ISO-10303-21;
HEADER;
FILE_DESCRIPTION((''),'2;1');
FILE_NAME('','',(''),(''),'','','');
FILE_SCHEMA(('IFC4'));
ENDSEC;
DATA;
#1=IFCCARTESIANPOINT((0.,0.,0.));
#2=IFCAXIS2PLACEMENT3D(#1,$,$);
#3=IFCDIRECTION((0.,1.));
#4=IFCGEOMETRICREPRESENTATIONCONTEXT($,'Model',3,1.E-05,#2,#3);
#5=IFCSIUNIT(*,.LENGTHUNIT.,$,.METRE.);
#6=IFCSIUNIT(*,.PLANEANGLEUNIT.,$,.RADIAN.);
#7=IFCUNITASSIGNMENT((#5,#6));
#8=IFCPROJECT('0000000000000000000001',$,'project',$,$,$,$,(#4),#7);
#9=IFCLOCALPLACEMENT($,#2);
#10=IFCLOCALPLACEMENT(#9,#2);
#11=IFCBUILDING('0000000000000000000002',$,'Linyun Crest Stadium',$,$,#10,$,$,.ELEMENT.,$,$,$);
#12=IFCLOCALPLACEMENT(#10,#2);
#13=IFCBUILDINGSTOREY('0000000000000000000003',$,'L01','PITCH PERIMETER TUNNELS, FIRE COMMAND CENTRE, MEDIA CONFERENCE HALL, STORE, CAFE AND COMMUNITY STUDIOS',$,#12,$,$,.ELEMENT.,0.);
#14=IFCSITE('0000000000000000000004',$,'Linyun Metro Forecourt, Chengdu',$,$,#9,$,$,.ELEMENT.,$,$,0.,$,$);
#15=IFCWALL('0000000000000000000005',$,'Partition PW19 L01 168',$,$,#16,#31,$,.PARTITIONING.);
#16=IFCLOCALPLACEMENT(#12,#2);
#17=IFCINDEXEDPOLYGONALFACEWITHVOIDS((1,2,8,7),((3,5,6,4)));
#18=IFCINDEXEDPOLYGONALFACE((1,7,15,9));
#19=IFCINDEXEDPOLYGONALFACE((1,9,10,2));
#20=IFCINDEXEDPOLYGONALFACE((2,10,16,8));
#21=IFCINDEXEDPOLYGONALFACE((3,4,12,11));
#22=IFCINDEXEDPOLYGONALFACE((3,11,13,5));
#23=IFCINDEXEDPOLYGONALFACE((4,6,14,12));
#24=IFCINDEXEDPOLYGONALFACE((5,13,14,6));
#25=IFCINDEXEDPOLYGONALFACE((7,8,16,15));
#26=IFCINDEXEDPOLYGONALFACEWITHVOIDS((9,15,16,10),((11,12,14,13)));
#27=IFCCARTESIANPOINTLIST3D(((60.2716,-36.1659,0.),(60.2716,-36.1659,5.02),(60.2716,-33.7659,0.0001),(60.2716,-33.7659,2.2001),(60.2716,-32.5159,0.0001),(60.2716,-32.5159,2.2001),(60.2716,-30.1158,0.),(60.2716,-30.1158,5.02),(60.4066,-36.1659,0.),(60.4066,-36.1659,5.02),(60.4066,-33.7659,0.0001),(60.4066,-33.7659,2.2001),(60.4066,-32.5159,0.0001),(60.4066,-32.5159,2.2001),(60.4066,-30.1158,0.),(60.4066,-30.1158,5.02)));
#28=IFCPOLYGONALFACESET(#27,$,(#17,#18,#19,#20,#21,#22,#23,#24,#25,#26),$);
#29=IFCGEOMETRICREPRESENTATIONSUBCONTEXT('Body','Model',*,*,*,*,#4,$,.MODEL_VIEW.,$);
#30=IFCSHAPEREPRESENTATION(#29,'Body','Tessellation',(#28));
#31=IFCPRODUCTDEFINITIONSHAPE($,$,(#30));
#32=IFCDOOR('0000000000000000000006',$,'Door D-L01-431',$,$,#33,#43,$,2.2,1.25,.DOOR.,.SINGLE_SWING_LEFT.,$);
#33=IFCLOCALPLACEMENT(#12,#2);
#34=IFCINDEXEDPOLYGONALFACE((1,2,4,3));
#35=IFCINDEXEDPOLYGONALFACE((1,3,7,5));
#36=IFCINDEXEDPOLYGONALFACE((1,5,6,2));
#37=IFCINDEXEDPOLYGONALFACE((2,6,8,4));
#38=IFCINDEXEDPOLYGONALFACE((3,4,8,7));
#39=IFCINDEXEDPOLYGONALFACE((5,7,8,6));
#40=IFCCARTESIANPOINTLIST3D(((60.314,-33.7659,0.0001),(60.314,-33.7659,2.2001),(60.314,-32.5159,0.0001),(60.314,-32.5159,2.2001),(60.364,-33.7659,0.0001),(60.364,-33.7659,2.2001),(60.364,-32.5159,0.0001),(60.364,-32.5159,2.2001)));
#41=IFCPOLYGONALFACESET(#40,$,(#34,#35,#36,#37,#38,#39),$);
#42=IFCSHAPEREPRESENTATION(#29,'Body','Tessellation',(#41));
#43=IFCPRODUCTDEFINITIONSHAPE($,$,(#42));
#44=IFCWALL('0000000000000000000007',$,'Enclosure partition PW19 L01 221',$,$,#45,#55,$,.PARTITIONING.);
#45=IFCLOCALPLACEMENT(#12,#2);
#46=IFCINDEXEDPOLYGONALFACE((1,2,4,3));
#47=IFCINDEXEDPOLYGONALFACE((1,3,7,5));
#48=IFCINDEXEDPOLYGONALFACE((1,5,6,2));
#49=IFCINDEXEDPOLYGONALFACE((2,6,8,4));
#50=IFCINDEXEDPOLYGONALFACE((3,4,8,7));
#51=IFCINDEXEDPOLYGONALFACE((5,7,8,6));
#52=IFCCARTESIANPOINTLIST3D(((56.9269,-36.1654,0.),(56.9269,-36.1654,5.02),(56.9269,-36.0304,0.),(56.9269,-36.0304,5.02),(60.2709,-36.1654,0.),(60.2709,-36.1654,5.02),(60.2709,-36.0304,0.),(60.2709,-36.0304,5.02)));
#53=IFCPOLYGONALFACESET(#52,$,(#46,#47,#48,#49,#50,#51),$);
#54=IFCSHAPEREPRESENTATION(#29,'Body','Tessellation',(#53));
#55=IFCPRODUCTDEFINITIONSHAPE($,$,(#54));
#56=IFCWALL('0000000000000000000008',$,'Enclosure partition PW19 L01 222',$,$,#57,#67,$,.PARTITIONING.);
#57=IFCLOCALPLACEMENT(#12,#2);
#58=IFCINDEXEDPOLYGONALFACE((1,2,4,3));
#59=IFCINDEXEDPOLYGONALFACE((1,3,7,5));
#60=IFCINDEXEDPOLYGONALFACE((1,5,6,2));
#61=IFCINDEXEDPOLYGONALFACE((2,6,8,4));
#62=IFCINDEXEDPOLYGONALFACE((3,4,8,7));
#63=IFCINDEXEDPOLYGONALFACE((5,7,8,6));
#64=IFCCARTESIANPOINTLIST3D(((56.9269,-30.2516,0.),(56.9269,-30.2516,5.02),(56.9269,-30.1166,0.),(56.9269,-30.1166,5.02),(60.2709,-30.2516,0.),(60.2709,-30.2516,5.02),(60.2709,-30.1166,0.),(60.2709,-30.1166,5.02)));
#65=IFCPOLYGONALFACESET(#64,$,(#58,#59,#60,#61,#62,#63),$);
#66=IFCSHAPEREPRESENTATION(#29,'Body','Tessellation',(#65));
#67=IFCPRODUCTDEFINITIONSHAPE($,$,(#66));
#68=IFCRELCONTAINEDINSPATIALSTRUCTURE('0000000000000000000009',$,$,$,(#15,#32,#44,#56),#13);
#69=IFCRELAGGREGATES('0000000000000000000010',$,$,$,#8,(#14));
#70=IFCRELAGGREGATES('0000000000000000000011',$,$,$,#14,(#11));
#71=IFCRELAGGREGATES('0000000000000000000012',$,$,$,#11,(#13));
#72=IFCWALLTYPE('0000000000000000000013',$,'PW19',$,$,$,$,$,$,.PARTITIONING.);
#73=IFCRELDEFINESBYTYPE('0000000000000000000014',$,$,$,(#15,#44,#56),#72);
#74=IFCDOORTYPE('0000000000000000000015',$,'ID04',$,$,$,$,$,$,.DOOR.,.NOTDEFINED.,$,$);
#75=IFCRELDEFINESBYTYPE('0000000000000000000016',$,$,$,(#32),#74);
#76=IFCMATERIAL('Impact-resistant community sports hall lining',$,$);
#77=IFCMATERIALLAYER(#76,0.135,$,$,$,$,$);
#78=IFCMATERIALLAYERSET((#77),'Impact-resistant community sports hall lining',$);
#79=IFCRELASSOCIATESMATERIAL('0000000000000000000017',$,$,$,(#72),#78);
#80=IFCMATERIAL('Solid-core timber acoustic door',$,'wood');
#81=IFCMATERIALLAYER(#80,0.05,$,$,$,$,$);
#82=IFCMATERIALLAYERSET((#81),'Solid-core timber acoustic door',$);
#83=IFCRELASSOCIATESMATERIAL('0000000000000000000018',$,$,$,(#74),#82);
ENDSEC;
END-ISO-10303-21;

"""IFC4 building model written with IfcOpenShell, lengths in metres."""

from ifc_helpers import new_model, si_unit, direction, frame, frame_2d, origin, place, context, subcontext, project, spatial, rectangle, extrude, material, layer, layer_set, type_object, element, fill, save


model = new_model("IFC4")

# Units and contexts
model_context = context("Model", 3, precision=1e-05, world=origin(), true_north=direction((0.0, 1.0)))
body_context = subcontext(model_context, "Body", "Model", "MODEL_VIEW")
ifc_project = project(units=[si_unit("LENGTHUNIT", "METRE"), si_unit("PLANEANGLEUNIT", "RADIAN")], contexts=[model_context])

# Site, building, storey
site_placement = place(None, origin())
site = spatial("IfcSite", under=ifc_project, at=site_placement, Name="Linyun Metro Forecourt, Chengdu", CompositionType="ELEMENT", RefElevation=0.0)
building_placement = place(site_placement, origin())
building = spatial("IfcBuilding", under=site, at=building_placement, Name="Linyun Crest Stadium", CompositionType="ELEMENT")
storey_placement = place(building_placement, origin())
storey = spatial("IfcBuildingStorey", under=building, at=storey_placement, Name="L01", Description="PITCH PERIMETER TUNNELS, FIRE COMMAND CENTRE, MEDIA CONFERENCE HALL, STORE, CAFE AND COMMUNITY STUDIOS", CompositionType="ELEMENT", Elevation=0.0)

# Wall, opening, door
ifc_material_1 = material(Name="Impact-resistant community sports hall lining")
ifc_layer_1 = layer(ifc_material_1, 0.135)
ifc_layer_set_1 = layer_set([ifc_layer_1], Name="Impact-resistant community sports hall lining")
wall_type_1 = type_object("IfcWallType", Name="PW19", PredefinedType="PARTITIONING", material=ifc_layer_set_1)
wall_1_placement = place(storey_placement, frame((60.3391, -30.116, 0.0), z_axis=(0.0, 0.0, 1.0), x_axis=(0.0, -1.0, 0.0)))
wall_1 = element("IfcWall", 1, at=wall_1_placement, inside=storey, type_object=wall_type_1, Name="Partition PW19 L01 168", PredefinedType="PARTITIONING", context=body_context, shape_type="SweptSolid", body=[
    extrude(rectangle(XDim=6.05, YDim=0.135, at=frame_2d((3.0249, 0.0))), origin(), (0.0, 0.0, 1.0), 5.02),
])
opening_1_placement = place(wall_1_placement, frame((2.3999, 0.0, 0.0)))
opening_1 = element("IfcOpeningElement", 2, at=opening_1_placement, cuts=wall_1, PredefinedType="OPENING", context=body_context, shape_type="SweptSolid", body=[
    extrude(rectangle(XDim=1.25, YDim=2.2, at=frame_2d((0.625, 1.1001))), frame((0.0, 0.0774, 0.0), z_axis=(0.0, -1.0, 0.0), x_axis=(1.0, 0.0, 0.0)), (0.0, 0.0, 1.0), 0.155),
])
ifc_material_2 = material(Name="Solid-core timber acoustic door", Category="wood")
ifc_layer_2 = layer(ifc_material_2, 0.05)
ifc_layer_set_2 = layer_set([ifc_layer_2], Name="Solid-core timber acoustic door")
door_type_1 = type_object("IfcDoorType", Name="ID04", OperationType="NOTDEFINED", PredefinedType="DOOR", material=ifc_layer_set_2)
door_1_placement = place(opening_1_placement, origin())
door_1 = element("IfcDoor", 3, at=door_1_placement, inside=storey, type_object=door_type_1, Name="Door D-L01-431", OperationType="SINGLE_SWING_LEFT", OverallHeight=2.2, OverallWidth=1.25, PredefinedType="DOOR", context=body_context, shape_type="SweptSolid", body=[
    extrude(rectangle(XDim=1.25, YDim=2.2, at=frame_2d((0.625, 1.1001))), frame((0.0, 0.0249, 0.0), z_axis=(0.0, -1.0, 0.0), x_axis=(1.0, 0.0, 0.0)), (0.0, 0.0, 1.0), 0.05),
])
fill(opening_1, door_1)

# Walls
for number, where, z_axis, x_axis, name in (
    (4, (56.927, -36.0979, 0.0), (0.0, 0.0, 1.0), (1.0, 0.0, 0.0), "Enclosure partition PW19 L01 221"),
    (5, (56.927, -30.1841, 0.0), (0.0, 0.0, 1.0), (1.0, 0.0, 0.0), "Enclosure partition PW19 L01 222"),
):
    element("IfcWall", number, at=place(storey_placement, frame(where, z_axis=z_axis, x_axis=x_axis)), inside=storey, type_object=wall_type_1, Name=name, PredefinedType="PARTITIONING", context=body_context, shape_type="SweptSolid", body=[
        extrude(rectangle(XDim=3.344, YDim=0.135, at=frame_2d((1.6719, 0.0))), origin(), (0.0, 0.0, 1.0), 5.02),
    ])

save(model, "model.ifc")
